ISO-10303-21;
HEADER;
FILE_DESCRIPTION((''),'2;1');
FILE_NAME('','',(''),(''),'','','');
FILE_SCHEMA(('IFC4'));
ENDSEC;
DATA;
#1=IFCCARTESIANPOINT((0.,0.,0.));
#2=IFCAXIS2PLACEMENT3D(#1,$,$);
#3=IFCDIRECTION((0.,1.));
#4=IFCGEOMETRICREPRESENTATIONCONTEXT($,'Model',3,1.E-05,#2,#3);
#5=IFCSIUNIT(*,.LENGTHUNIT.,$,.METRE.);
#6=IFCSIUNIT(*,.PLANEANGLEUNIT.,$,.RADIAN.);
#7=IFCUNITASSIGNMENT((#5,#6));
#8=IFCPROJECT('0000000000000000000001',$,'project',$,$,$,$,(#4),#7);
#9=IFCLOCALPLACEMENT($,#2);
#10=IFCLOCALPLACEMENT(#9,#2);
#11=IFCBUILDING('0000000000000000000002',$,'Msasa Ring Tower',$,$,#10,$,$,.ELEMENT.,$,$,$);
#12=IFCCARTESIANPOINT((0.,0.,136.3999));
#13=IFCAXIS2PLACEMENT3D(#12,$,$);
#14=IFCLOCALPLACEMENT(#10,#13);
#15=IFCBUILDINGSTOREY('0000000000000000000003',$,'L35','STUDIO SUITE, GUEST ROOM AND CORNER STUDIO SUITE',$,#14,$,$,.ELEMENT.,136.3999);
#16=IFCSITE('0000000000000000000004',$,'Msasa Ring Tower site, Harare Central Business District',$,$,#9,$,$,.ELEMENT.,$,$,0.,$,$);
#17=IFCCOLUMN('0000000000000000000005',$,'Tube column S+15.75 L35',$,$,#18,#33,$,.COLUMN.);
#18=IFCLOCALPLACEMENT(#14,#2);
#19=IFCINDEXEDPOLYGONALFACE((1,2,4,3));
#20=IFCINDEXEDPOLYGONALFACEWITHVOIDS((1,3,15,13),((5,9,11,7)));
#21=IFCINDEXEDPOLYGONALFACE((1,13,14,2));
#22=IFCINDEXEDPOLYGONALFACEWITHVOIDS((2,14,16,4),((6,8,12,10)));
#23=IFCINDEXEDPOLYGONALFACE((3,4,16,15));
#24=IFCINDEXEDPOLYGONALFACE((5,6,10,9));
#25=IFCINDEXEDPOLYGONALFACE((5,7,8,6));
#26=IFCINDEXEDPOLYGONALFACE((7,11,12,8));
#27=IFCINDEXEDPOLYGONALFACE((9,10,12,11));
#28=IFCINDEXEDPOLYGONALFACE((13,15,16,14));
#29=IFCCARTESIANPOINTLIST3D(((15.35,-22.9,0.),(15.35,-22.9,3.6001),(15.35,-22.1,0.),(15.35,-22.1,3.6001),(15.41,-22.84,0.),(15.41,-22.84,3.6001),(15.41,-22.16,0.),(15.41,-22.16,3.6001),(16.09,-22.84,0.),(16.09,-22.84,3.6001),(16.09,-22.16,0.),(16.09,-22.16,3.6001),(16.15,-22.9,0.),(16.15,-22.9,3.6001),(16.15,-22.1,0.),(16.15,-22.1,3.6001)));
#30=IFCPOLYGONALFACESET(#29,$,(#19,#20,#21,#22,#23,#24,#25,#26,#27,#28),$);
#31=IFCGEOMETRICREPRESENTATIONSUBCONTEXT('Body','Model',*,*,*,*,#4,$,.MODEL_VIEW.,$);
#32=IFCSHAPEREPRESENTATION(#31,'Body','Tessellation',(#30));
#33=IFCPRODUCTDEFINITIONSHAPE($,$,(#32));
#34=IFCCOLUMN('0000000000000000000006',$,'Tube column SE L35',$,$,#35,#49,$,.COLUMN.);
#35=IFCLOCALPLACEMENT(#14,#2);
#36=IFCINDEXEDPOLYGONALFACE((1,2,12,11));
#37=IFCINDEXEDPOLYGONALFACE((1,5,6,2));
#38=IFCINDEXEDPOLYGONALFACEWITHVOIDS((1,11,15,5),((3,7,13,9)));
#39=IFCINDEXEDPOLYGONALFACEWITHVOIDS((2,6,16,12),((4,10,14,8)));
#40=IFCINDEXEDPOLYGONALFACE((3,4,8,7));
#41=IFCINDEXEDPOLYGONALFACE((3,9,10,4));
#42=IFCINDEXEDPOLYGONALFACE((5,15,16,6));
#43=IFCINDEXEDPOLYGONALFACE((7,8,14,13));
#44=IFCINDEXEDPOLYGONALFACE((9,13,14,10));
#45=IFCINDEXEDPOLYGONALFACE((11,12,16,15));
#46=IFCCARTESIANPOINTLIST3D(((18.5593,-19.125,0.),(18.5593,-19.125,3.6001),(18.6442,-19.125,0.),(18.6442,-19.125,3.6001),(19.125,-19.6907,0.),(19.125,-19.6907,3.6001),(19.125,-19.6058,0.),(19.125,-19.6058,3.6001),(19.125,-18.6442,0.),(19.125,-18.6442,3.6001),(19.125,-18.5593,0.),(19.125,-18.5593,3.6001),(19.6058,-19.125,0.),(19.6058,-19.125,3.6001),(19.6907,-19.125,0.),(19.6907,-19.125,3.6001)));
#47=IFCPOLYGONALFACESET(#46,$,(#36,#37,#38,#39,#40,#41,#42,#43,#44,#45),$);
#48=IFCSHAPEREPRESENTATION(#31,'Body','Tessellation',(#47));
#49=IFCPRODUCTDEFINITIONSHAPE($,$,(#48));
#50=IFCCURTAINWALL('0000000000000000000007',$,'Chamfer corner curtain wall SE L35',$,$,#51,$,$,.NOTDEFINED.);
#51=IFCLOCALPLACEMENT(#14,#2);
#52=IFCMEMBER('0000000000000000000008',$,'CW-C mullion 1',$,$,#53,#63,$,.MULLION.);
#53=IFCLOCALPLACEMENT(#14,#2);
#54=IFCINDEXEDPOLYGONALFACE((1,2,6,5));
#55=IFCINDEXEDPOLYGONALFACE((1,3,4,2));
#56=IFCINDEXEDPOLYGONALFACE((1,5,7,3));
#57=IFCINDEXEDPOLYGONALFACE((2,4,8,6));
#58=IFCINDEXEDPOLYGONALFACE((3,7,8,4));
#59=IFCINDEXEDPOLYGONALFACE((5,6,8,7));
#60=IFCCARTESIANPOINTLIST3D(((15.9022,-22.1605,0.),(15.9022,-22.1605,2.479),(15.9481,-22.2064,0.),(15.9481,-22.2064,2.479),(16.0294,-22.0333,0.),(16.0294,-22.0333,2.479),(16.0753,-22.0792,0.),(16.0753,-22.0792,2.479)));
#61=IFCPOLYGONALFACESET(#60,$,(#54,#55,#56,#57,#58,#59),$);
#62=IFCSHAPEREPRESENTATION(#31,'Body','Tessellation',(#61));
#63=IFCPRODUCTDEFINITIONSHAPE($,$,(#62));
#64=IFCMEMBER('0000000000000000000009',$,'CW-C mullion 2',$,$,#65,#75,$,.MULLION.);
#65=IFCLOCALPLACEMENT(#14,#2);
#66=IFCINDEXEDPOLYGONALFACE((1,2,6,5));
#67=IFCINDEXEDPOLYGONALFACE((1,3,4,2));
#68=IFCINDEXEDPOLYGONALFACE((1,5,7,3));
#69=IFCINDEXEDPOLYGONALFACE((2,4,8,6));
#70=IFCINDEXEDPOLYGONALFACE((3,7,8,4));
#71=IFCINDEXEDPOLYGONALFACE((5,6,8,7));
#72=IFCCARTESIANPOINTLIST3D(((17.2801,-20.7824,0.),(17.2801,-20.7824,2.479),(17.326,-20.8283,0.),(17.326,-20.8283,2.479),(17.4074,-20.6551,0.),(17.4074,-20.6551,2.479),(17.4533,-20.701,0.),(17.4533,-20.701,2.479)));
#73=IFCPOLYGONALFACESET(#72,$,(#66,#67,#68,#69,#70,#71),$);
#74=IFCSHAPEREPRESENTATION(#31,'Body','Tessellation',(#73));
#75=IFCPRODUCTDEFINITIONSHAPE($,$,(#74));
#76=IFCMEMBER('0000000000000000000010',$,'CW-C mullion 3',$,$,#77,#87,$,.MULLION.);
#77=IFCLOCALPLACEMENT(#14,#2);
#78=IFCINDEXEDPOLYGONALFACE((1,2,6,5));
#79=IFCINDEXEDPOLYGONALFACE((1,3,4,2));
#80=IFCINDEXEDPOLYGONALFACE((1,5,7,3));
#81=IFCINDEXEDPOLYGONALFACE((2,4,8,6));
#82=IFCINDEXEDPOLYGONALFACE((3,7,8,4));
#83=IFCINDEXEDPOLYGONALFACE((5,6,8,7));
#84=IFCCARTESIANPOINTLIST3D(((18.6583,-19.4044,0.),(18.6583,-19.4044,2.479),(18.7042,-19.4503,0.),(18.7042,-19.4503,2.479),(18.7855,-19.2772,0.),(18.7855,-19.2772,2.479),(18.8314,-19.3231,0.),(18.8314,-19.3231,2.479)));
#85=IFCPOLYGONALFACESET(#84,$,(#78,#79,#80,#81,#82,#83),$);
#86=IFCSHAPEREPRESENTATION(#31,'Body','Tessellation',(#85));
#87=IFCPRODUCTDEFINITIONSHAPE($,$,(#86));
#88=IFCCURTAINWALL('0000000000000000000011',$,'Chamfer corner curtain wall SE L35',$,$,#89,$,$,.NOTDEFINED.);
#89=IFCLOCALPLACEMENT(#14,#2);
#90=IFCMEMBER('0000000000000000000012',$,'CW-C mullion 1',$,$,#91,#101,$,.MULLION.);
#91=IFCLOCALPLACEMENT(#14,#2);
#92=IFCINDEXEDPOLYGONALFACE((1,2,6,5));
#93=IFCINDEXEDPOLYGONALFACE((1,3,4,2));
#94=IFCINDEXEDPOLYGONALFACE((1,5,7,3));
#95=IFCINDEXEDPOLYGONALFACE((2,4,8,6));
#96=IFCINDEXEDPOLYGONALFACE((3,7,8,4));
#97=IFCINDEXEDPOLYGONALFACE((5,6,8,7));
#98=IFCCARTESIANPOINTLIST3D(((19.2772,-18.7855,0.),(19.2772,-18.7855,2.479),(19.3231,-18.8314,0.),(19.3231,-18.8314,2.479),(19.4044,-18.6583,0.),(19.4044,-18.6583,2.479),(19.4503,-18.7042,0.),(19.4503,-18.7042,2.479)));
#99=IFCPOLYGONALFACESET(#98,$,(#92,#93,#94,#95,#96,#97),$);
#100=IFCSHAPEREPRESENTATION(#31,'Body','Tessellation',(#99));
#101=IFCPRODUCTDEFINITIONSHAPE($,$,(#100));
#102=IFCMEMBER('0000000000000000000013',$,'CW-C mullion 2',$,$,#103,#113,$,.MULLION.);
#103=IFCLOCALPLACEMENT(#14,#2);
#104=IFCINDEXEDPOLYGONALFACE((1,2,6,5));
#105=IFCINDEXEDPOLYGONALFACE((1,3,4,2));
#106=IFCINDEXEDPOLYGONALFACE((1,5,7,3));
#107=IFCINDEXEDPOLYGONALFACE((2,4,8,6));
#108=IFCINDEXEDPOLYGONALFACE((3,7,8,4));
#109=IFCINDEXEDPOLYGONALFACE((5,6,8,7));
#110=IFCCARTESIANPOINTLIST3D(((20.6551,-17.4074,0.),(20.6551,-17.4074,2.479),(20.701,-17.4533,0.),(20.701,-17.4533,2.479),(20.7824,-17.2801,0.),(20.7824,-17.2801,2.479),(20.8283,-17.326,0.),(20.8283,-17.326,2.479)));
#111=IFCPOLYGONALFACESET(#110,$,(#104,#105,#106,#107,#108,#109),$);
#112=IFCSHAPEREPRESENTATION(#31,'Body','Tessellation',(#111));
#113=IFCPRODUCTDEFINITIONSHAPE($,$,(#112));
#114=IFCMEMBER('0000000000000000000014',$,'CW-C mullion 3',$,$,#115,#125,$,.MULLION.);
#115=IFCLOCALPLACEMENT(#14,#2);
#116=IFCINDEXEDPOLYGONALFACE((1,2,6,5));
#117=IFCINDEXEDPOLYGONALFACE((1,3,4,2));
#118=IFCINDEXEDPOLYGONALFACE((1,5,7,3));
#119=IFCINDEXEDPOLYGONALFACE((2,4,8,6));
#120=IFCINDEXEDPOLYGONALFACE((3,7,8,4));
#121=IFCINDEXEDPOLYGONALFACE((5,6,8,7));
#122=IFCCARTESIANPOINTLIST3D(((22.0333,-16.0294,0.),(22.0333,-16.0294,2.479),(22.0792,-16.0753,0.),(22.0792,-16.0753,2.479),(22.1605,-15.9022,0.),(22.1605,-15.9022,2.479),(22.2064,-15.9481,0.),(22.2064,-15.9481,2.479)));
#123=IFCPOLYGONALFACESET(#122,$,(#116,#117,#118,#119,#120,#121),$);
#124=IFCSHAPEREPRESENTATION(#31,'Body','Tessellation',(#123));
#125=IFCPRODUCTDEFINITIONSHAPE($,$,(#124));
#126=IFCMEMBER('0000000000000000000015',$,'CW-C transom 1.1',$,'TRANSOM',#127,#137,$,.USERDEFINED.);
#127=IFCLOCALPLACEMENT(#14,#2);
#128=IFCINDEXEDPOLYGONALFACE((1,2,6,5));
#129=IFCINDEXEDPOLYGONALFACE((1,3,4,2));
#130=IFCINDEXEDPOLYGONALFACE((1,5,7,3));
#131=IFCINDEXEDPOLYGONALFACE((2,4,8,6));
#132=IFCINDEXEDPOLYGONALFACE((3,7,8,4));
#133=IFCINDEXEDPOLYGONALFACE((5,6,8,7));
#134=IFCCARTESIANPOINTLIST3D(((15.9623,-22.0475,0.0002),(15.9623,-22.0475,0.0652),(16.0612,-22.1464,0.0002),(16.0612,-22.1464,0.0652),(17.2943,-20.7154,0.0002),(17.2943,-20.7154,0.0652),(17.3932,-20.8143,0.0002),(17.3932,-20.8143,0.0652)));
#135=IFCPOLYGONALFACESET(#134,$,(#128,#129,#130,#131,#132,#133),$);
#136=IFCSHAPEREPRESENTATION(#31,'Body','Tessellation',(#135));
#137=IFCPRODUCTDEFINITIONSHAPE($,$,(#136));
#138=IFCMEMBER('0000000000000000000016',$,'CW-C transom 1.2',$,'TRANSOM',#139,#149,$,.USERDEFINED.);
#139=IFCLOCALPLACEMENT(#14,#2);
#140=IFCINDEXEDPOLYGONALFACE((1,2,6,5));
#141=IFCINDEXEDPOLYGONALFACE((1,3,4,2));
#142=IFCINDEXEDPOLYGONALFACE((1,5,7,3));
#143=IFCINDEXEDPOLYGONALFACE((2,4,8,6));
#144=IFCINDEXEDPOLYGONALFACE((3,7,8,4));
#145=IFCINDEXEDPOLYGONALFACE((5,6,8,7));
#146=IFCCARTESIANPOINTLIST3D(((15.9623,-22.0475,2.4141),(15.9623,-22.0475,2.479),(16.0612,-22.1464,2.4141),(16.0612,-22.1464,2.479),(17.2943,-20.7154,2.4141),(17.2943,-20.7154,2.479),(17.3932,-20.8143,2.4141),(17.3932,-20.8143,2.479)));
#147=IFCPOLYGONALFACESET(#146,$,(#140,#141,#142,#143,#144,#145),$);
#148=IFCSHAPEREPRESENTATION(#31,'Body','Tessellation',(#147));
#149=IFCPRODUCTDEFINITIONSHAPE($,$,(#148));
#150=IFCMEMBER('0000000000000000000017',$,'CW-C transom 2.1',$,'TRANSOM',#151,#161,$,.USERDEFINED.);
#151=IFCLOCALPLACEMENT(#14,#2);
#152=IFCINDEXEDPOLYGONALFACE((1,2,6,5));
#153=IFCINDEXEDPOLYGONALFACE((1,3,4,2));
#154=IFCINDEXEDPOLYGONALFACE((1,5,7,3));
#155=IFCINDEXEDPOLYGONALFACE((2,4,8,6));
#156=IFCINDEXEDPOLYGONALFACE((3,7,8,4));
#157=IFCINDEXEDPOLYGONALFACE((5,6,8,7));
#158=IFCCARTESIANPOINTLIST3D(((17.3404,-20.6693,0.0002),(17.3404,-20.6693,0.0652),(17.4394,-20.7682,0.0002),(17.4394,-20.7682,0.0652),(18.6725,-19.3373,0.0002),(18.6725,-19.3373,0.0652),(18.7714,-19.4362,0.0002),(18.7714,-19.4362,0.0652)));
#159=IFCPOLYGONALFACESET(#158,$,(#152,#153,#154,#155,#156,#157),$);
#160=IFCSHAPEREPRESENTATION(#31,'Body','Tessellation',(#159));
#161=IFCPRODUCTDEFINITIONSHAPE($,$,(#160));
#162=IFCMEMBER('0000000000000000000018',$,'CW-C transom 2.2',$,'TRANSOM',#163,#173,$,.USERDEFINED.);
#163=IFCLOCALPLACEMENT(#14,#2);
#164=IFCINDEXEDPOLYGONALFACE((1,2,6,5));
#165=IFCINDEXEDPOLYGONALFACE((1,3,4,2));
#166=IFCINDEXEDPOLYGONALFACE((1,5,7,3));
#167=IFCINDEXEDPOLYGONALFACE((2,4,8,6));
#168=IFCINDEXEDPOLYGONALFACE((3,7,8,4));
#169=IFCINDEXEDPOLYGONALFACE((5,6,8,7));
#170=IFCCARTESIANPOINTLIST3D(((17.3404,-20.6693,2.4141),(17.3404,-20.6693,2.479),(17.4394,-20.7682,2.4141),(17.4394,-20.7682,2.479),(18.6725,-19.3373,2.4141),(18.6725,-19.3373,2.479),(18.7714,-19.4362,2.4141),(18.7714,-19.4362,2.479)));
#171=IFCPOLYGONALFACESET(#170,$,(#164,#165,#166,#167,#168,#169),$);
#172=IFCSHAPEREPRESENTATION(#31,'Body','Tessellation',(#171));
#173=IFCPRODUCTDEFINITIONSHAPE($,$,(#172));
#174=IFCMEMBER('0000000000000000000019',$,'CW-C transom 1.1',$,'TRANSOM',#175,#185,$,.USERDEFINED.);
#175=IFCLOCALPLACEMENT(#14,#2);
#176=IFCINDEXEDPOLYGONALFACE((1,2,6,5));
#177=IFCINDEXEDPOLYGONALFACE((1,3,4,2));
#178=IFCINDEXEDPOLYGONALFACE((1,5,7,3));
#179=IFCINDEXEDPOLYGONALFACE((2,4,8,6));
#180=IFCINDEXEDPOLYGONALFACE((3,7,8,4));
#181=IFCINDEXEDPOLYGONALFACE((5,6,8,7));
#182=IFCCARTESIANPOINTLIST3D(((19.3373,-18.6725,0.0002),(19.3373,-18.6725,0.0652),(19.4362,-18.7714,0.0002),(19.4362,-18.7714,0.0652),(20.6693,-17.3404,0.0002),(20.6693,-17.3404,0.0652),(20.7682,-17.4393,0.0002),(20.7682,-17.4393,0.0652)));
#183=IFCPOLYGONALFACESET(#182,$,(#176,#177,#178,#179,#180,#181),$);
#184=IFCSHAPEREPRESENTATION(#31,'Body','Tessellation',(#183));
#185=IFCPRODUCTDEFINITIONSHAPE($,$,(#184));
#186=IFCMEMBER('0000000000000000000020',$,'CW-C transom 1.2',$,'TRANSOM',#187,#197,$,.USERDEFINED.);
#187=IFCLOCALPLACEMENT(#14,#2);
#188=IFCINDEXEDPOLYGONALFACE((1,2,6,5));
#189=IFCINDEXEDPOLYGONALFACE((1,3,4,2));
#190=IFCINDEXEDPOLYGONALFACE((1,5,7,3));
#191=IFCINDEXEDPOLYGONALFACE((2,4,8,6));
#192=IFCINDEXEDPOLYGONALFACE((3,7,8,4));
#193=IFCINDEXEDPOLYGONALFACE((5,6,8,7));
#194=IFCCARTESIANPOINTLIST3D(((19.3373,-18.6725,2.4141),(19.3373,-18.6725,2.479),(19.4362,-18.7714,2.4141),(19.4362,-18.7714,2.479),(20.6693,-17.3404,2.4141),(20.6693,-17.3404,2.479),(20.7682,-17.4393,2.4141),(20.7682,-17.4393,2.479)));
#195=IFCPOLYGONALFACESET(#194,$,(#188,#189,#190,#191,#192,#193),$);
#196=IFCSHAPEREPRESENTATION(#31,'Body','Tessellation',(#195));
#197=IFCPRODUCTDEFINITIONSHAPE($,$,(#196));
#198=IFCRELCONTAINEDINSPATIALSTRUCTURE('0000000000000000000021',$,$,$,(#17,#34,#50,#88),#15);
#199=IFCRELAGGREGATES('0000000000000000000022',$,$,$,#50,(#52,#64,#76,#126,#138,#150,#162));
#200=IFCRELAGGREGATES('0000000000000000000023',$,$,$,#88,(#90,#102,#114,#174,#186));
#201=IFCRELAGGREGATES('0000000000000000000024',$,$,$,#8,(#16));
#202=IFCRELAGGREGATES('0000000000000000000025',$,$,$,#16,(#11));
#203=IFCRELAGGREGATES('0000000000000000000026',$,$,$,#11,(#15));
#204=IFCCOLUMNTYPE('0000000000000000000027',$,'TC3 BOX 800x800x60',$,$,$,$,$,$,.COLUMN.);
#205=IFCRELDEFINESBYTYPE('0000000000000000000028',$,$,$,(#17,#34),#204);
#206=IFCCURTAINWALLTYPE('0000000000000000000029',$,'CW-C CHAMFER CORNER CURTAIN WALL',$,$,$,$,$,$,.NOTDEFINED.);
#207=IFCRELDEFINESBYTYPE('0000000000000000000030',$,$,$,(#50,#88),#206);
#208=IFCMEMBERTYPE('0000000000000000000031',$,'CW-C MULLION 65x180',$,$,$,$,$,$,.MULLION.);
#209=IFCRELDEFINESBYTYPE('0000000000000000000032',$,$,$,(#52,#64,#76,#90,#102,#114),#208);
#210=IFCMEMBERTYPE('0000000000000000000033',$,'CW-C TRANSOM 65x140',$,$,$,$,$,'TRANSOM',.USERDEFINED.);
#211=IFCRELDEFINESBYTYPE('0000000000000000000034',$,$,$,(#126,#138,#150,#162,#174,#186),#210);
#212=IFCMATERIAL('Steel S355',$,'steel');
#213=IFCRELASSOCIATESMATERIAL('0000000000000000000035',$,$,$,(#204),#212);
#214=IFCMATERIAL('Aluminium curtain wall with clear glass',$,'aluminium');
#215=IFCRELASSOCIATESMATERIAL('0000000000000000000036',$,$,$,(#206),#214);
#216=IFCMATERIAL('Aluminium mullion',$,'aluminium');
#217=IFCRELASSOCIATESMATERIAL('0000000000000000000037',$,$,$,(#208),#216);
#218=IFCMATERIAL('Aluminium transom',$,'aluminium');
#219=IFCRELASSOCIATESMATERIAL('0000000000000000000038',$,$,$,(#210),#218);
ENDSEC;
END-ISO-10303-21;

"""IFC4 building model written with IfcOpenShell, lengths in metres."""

from ifc_helpers import new_model, si_unit, direction, frame, origin, origin_2d, place, context, subcontext, project, spatial, rectangle, hollow_rectangle, extrude, material, material_profile, profile_set, type_object, element, aggregate, save


model = new_model("IFC4")

# Units and contexts
model_context = context("Model", 3, precision=1e-05, world=origin(), true_north=direction((0.0, 1.0)))
body_context = subcontext(model_context, "Body", "Model", "MODEL_VIEW")
ifc_project = project(units=[si_unit("LENGTHUNIT", "METRE"), si_unit("PLANEANGLEUNIT", "RADIAN")], contexts=[model_context])

# Site, building, storey
site_placement = place(None, origin())
site = spatial("IfcSite", under=ifc_project, at=site_placement, Name="Msasa Ring Tower site, Harare Central Business District", CompositionType="ELEMENT", RefElevation=0.0)
building_placement = place(site_placement, origin())
building = spatial("IfcBuilding", under=site, at=building_placement, Name="Msasa Ring Tower", CompositionType="ELEMENT")
storey_placement = place(building_placement, frame((0.0, 0.0, 136.3999)))
storey = spatial("IfcBuildingStorey", under=building, at=storey_placement, Name="L35", Description="STUDIO SUITE, GUEST ROOM AND CORNER STUDIO SUITE", CompositionType="ELEMENT", Elevation=136.3999)

# Columns
ifc_material_1 = material(Name="Steel S355", Category="steel")
ifc_material_profile_1 = material_profile(ifc_material_1, hollow_rectangle(XDim=0.8, YDim=0.8, WallThickness=0.0601, at=origin_2d()), Name="BOX 800x800x60")
ifc_profile_set_1 = profile_set([ifc_material_profile_1], Name="Steel S355")
column_type = type_object("IfcColumnType", Name="TC3 BOX 800x800x60", PredefinedType="COLUMN", material=ifc_profile_set_1)
for number, where, z_axis, x_axis, name in (
    (1, (15.75, -22.5, 0.0), (0.0, 0.0, 1.0), (0.0, 1.0, 0.0), "Tube column S+15.75 L35"),
    (2, (19.125, -19.125, 0.0), (0.0, 0.0, 1.0), (0.707107, -0.707107, 0.0), "Tube column SE L35"),
):
    element("IfcColumn", number, at=place(storey_placement, frame(where, z_axis=z_axis, x_axis=x_axis)), inside=storey, type_object=column_type, Name=name, PredefinedType="COLUMN", context=body_context, shape_type="SweptSolid", body=[
        extrude(hollow_rectangle(XDim=0.8, YDim=0.8, WallThickness=0.0601, at=origin_2d()), origin(), (0.0, 0.0, 1.0), 3.6001),
    ])

# Curtain walls, members
ifc_material_2 = material(Name="Aluminium curtain wall with clear glass", Category="aluminium")
curtain_wall_type = type_object("IfcCurtainWallType", Name="CW-C CHAMFER CORNER CURTAIN WALL", PredefinedType="NOTDEFINED", material=ifc_material_2)
curtain_wall_1_placement = place(storey_placement, origin())
curtain_wall_1 = element("IfcCurtainWall", 3, at=curtain_wall_1_placement, inside=storey, type_object=curtain_wall_type, Name="Chamfer corner curtain wall SE L35", PredefinedType="NOTDEFINED")
ifc_material_3 = material(Name="Aluminium mullion", Category="aluminium")
ifc_material_profile_2 = material_profile(ifc_material_3, rectangle(XDim=0.0649, YDim=0.1799, at=origin_2d()), Name="AL 65x180")
ifc_profile_set_2 = profile_set([ifc_material_profile_2], Name="Aluminium mullion")
member_type_1 = type_object("IfcMemberType", Name="CW-C MULLION 65x180", PredefinedType="MULLION", material=ifc_profile_set_2)
member_1_placement = place(storey_placement, frame((15.9888, -22.1199, 0.0), z_axis=(0.0, 0.0, 1.0), x_axis=(-0.707107, 0.707107, 0.0)))
member_1 = element("IfcMember", 4, at=member_1_placement, type_object=member_type_1, Name="CW-C mullion 1", PredefinedType="MULLION", context=body_context, shape_type="SweptSolid", body=[
    extrude(rectangle(XDim=0.0649, YDim=0.1799, at=origin_2d()), origin(), (0.0, 0.0, 1.0), 2.479),
])
member_2_placement = place(storey_placement, frame((17.3667, -20.7417, 0.0), z_axis=(0.0, 0.0, 1.0), x_axis=(-0.707107, 0.707107, 0.0)))
member_2 = element("IfcMember", 5, at=member_2_placement, type_object=member_type_1, Name="CW-C mullion 2", PredefinedType="MULLION", context=body_context, shape_type="SweptSolid", body=[
    extrude(rectangle(XDim=0.0649, YDim=0.1799, at=origin_2d()), origin(), (0.0, 0.0, 1.0), 2.479),
])
member_3_placement = place(storey_placement, frame((18.7449, -19.3638, 0.0), z_axis=(0.0, 0.0, 1.0), x_axis=(-0.707107, 0.707107, 0.0)))
member_3 = element("IfcMember", 6, at=member_3_placement, type_object=member_type_1, Name="CW-C mullion 3", PredefinedType="MULLION", context=body_context, shape_type="SweptSolid", body=[
    extrude(rectangle(XDim=0.0649, YDim=0.1799, at=origin_2d()), origin(), (0.0, 0.0, 1.0), 2.479),
])
curtain_wall_2_placement = place(storey_placement, origin())
curtain_wall_2 = element("IfcCurtainWall", 7, at=curtain_wall_2_placement, inside=storey, type_object=curtain_wall_type, Name="Chamfer corner curtain wall SE L35", PredefinedType="NOTDEFINED")
member_4_placement = place(storey_placement, frame((19.3638, -18.7449, 0.0), z_axis=(0.0, 0.0, 1.0), x_axis=(-0.707107, 0.707107, 0.0)))
member_4 = element("IfcMember", 8, at=member_4_placement, type_object=member_type_1, Name="CW-C mullion 1", PredefinedType="MULLION", context=body_context, shape_type="SweptSolid", body=[
    extrude(rectangle(XDim=0.0649, YDim=0.1799, at=origin_2d()), origin(), (0.0, 0.0, 1.0), 2.479),
])
member_5_placement = place(storey_placement, frame((20.7417, -17.3667, 0.0), z_axis=(0.0, 0.0, 1.0), x_axis=(-0.707107, 0.707107, 0.0)))
member_5 = element("IfcMember", 9, at=member_5_placement, type_object=member_type_1, Name="CW-C mullion 2", PredefinedType="MULLION", context=body_context, shape_type="SweptSolid", body=[
    extrude(rectangle(XDim=0.0649, YDim=0.1799, at=origin_2d()), origin(), (0.0, 0.0, 1.0), 2.479),
])
member_6_placement = place(storey_placement, frame((22.1199, -15.9888, 0.0), z_axis=(0.0, 0.0, 1.0), x_axis=(-0.707107, 0.707107, 0.0)))
member_6 = element("IfcMember", 10, at=member_6_placement, type_object=member_type_1, Name="CW-C mullion 3", PredefinedType="MULLION", context=body_context, shape_type="SweptSolid", body=[
    extrude(rectangle(XDim=0.0649, YDim=0.1799, at=origin_2d()), origin(), (0.0, 0.0, 1.0), 2.479),
])

# Members
ifc_material_4 = material(Name="Aluminium transom", Category="aluminium")
ifc_material_profile_3 = material_profile(ifc_material_4, rectangle(XDim=0.1399, YDim=0.0649, at=origin_2d()), Name="AL 65x140")
ifc_profile_set_3 = profile_set([ifc_material_profile_3], Name="Aluminium transom")
member_type_2 = type_object("IfcMemberType", Name="CW-C TRANSOM 65x140", ElementType="TRANSOM", PredefinedType="USERDEFINED", material=ifc_profile_set_3)
member_7_placement = place(storey_placement, frame((16.0117, -22.0969, 0.0327), z_axis=(0.707107, 0.707107, 0.0), x_axis=(-0.707107, 0.707107, 0.0)))
member_7 = element("IfcMember", 11, at=member_7_placement, type_object=member_type_2, Name="CW-C transom 1.1", ObjectType="TRANSOM", PredefinedType="USERDEFINED", context=body_context, shape_type="SweptSolid", body=[
    extrude(rectangle(XDim=0.1399, YDim=0.0649, at=origin_2d()), origin(), (0.0, 0.0, 1.0), 1.8838),
])
member_8_placement = place(storey_placement, frame((16.0117, -22.0969, 2.4465), z_axis=(0.707107, 0.707107, 0.0), x_axis=(-0.707107, 0.707107, 0.0)))
member_8 = element("IfcMember", 12, at=member_8_placement, type_object=member_type_2, Name="CW-C transom 1.2", ObjectType="TRANSOM", PredefinedType="USERDEFINED", context=body_context, shape_type="SweptSolid", body=[
    extrude(rectangle(XDim=0.1399, YDim=0.0649, at=origin_2d()), origin(), (0.0, 0.0, 1.0), 1.8838),
])
member_9_placement = place(storey_placement, frame((17.3899, -20.7188, 0.0327), z_axis=(0.707107, 0.707107, 0.0), x_axis=(-0.707107, 0.707107, 0.0)))
member_9 = element("IfcMember", 13, at=member_9_placement, type_object=member_type_2, Name="CW-C transom 2.1", ObjectType="TRANSOM", PredefinedType="USERDEFINED", context=body_context, shape_type="SweptSolid", body=[
    extrude(rectangle(XDim=0.1399, YDim=0.0649, at=origin_2d()), origin(), (0.0, 0.0, 1.0), 1.8838),
])
member_10_placement = place(storey_placement, frame((17.3899, -20.7188, 2.4465), z_axis=(0.707107, 0.707107, 0.0), x_axis=(-0.707107, 0.707107, 0.0)))
member_10 = element("IfcMember", 14, at=member_10_placement, type_object=member_type_2, Name="CW-C transom 2.2", ObjectType="TRANSOM", PredefinedType="USERDEFINED", context=body_context, shape_type="SweptSolid", body=[
    extrude(rectangle(XDim=0.1399, YDim=0.0649, at=origin_2d()), origin(), (0.0, 0.0, 1.0), 1.8838),
])
member_11_placement = place(storey_placement, frame((19.3867, -18.7219, 0.0327), z_axis=(0.707107, 0.707107, 0.0), x_axis=(-0.707107, 0.707107, 0.0)))
member_11 = element("IfcMember", 15, at=member_11_placement, type_object=member_type_2, Name="CW-C transom 1.1", ObjectType="TRANSOM", PredefinedType="USERDEFINED", context=body_context, shape_type="SweptSolid", body=[
    extrude(rectangle(XDim=0.1399, YDim=0.0649, at=origin_2d()), origin(), (0.0, 0.0, 1.0), 1.8838),
])
member_12_placement = place(storey_placement, frame((19.3867, -18.7219, 2.4465), z_axis=(0.707107, 0.707107, 0.0), x_axis=(-0.707107, 0.707107, 0.0)))
member_12 = element("IfcMember", 16, at=member_12_placement, type_object=member_type_2, Name="CW-C transom 1.2", ObjectType="TRANSOM", PredefinedType="USERDEFINED", context=body_context, shape_type="SweptSolid", body=[
    extrude(rectangle(XDim=0.1399, YDim=0.0649, at=origin_2d()), origin(), (0.0, 0.0, 1.0), 1.8838),
])

aggregate(curtain_wall_1, [member_1, member_2, member_3, member_7, member_8, member_9, member_10])
aggregate(curtain_wall_2, [member_4, member_5, member_6, member_11, member_12])

save(model, "model.ifc")
